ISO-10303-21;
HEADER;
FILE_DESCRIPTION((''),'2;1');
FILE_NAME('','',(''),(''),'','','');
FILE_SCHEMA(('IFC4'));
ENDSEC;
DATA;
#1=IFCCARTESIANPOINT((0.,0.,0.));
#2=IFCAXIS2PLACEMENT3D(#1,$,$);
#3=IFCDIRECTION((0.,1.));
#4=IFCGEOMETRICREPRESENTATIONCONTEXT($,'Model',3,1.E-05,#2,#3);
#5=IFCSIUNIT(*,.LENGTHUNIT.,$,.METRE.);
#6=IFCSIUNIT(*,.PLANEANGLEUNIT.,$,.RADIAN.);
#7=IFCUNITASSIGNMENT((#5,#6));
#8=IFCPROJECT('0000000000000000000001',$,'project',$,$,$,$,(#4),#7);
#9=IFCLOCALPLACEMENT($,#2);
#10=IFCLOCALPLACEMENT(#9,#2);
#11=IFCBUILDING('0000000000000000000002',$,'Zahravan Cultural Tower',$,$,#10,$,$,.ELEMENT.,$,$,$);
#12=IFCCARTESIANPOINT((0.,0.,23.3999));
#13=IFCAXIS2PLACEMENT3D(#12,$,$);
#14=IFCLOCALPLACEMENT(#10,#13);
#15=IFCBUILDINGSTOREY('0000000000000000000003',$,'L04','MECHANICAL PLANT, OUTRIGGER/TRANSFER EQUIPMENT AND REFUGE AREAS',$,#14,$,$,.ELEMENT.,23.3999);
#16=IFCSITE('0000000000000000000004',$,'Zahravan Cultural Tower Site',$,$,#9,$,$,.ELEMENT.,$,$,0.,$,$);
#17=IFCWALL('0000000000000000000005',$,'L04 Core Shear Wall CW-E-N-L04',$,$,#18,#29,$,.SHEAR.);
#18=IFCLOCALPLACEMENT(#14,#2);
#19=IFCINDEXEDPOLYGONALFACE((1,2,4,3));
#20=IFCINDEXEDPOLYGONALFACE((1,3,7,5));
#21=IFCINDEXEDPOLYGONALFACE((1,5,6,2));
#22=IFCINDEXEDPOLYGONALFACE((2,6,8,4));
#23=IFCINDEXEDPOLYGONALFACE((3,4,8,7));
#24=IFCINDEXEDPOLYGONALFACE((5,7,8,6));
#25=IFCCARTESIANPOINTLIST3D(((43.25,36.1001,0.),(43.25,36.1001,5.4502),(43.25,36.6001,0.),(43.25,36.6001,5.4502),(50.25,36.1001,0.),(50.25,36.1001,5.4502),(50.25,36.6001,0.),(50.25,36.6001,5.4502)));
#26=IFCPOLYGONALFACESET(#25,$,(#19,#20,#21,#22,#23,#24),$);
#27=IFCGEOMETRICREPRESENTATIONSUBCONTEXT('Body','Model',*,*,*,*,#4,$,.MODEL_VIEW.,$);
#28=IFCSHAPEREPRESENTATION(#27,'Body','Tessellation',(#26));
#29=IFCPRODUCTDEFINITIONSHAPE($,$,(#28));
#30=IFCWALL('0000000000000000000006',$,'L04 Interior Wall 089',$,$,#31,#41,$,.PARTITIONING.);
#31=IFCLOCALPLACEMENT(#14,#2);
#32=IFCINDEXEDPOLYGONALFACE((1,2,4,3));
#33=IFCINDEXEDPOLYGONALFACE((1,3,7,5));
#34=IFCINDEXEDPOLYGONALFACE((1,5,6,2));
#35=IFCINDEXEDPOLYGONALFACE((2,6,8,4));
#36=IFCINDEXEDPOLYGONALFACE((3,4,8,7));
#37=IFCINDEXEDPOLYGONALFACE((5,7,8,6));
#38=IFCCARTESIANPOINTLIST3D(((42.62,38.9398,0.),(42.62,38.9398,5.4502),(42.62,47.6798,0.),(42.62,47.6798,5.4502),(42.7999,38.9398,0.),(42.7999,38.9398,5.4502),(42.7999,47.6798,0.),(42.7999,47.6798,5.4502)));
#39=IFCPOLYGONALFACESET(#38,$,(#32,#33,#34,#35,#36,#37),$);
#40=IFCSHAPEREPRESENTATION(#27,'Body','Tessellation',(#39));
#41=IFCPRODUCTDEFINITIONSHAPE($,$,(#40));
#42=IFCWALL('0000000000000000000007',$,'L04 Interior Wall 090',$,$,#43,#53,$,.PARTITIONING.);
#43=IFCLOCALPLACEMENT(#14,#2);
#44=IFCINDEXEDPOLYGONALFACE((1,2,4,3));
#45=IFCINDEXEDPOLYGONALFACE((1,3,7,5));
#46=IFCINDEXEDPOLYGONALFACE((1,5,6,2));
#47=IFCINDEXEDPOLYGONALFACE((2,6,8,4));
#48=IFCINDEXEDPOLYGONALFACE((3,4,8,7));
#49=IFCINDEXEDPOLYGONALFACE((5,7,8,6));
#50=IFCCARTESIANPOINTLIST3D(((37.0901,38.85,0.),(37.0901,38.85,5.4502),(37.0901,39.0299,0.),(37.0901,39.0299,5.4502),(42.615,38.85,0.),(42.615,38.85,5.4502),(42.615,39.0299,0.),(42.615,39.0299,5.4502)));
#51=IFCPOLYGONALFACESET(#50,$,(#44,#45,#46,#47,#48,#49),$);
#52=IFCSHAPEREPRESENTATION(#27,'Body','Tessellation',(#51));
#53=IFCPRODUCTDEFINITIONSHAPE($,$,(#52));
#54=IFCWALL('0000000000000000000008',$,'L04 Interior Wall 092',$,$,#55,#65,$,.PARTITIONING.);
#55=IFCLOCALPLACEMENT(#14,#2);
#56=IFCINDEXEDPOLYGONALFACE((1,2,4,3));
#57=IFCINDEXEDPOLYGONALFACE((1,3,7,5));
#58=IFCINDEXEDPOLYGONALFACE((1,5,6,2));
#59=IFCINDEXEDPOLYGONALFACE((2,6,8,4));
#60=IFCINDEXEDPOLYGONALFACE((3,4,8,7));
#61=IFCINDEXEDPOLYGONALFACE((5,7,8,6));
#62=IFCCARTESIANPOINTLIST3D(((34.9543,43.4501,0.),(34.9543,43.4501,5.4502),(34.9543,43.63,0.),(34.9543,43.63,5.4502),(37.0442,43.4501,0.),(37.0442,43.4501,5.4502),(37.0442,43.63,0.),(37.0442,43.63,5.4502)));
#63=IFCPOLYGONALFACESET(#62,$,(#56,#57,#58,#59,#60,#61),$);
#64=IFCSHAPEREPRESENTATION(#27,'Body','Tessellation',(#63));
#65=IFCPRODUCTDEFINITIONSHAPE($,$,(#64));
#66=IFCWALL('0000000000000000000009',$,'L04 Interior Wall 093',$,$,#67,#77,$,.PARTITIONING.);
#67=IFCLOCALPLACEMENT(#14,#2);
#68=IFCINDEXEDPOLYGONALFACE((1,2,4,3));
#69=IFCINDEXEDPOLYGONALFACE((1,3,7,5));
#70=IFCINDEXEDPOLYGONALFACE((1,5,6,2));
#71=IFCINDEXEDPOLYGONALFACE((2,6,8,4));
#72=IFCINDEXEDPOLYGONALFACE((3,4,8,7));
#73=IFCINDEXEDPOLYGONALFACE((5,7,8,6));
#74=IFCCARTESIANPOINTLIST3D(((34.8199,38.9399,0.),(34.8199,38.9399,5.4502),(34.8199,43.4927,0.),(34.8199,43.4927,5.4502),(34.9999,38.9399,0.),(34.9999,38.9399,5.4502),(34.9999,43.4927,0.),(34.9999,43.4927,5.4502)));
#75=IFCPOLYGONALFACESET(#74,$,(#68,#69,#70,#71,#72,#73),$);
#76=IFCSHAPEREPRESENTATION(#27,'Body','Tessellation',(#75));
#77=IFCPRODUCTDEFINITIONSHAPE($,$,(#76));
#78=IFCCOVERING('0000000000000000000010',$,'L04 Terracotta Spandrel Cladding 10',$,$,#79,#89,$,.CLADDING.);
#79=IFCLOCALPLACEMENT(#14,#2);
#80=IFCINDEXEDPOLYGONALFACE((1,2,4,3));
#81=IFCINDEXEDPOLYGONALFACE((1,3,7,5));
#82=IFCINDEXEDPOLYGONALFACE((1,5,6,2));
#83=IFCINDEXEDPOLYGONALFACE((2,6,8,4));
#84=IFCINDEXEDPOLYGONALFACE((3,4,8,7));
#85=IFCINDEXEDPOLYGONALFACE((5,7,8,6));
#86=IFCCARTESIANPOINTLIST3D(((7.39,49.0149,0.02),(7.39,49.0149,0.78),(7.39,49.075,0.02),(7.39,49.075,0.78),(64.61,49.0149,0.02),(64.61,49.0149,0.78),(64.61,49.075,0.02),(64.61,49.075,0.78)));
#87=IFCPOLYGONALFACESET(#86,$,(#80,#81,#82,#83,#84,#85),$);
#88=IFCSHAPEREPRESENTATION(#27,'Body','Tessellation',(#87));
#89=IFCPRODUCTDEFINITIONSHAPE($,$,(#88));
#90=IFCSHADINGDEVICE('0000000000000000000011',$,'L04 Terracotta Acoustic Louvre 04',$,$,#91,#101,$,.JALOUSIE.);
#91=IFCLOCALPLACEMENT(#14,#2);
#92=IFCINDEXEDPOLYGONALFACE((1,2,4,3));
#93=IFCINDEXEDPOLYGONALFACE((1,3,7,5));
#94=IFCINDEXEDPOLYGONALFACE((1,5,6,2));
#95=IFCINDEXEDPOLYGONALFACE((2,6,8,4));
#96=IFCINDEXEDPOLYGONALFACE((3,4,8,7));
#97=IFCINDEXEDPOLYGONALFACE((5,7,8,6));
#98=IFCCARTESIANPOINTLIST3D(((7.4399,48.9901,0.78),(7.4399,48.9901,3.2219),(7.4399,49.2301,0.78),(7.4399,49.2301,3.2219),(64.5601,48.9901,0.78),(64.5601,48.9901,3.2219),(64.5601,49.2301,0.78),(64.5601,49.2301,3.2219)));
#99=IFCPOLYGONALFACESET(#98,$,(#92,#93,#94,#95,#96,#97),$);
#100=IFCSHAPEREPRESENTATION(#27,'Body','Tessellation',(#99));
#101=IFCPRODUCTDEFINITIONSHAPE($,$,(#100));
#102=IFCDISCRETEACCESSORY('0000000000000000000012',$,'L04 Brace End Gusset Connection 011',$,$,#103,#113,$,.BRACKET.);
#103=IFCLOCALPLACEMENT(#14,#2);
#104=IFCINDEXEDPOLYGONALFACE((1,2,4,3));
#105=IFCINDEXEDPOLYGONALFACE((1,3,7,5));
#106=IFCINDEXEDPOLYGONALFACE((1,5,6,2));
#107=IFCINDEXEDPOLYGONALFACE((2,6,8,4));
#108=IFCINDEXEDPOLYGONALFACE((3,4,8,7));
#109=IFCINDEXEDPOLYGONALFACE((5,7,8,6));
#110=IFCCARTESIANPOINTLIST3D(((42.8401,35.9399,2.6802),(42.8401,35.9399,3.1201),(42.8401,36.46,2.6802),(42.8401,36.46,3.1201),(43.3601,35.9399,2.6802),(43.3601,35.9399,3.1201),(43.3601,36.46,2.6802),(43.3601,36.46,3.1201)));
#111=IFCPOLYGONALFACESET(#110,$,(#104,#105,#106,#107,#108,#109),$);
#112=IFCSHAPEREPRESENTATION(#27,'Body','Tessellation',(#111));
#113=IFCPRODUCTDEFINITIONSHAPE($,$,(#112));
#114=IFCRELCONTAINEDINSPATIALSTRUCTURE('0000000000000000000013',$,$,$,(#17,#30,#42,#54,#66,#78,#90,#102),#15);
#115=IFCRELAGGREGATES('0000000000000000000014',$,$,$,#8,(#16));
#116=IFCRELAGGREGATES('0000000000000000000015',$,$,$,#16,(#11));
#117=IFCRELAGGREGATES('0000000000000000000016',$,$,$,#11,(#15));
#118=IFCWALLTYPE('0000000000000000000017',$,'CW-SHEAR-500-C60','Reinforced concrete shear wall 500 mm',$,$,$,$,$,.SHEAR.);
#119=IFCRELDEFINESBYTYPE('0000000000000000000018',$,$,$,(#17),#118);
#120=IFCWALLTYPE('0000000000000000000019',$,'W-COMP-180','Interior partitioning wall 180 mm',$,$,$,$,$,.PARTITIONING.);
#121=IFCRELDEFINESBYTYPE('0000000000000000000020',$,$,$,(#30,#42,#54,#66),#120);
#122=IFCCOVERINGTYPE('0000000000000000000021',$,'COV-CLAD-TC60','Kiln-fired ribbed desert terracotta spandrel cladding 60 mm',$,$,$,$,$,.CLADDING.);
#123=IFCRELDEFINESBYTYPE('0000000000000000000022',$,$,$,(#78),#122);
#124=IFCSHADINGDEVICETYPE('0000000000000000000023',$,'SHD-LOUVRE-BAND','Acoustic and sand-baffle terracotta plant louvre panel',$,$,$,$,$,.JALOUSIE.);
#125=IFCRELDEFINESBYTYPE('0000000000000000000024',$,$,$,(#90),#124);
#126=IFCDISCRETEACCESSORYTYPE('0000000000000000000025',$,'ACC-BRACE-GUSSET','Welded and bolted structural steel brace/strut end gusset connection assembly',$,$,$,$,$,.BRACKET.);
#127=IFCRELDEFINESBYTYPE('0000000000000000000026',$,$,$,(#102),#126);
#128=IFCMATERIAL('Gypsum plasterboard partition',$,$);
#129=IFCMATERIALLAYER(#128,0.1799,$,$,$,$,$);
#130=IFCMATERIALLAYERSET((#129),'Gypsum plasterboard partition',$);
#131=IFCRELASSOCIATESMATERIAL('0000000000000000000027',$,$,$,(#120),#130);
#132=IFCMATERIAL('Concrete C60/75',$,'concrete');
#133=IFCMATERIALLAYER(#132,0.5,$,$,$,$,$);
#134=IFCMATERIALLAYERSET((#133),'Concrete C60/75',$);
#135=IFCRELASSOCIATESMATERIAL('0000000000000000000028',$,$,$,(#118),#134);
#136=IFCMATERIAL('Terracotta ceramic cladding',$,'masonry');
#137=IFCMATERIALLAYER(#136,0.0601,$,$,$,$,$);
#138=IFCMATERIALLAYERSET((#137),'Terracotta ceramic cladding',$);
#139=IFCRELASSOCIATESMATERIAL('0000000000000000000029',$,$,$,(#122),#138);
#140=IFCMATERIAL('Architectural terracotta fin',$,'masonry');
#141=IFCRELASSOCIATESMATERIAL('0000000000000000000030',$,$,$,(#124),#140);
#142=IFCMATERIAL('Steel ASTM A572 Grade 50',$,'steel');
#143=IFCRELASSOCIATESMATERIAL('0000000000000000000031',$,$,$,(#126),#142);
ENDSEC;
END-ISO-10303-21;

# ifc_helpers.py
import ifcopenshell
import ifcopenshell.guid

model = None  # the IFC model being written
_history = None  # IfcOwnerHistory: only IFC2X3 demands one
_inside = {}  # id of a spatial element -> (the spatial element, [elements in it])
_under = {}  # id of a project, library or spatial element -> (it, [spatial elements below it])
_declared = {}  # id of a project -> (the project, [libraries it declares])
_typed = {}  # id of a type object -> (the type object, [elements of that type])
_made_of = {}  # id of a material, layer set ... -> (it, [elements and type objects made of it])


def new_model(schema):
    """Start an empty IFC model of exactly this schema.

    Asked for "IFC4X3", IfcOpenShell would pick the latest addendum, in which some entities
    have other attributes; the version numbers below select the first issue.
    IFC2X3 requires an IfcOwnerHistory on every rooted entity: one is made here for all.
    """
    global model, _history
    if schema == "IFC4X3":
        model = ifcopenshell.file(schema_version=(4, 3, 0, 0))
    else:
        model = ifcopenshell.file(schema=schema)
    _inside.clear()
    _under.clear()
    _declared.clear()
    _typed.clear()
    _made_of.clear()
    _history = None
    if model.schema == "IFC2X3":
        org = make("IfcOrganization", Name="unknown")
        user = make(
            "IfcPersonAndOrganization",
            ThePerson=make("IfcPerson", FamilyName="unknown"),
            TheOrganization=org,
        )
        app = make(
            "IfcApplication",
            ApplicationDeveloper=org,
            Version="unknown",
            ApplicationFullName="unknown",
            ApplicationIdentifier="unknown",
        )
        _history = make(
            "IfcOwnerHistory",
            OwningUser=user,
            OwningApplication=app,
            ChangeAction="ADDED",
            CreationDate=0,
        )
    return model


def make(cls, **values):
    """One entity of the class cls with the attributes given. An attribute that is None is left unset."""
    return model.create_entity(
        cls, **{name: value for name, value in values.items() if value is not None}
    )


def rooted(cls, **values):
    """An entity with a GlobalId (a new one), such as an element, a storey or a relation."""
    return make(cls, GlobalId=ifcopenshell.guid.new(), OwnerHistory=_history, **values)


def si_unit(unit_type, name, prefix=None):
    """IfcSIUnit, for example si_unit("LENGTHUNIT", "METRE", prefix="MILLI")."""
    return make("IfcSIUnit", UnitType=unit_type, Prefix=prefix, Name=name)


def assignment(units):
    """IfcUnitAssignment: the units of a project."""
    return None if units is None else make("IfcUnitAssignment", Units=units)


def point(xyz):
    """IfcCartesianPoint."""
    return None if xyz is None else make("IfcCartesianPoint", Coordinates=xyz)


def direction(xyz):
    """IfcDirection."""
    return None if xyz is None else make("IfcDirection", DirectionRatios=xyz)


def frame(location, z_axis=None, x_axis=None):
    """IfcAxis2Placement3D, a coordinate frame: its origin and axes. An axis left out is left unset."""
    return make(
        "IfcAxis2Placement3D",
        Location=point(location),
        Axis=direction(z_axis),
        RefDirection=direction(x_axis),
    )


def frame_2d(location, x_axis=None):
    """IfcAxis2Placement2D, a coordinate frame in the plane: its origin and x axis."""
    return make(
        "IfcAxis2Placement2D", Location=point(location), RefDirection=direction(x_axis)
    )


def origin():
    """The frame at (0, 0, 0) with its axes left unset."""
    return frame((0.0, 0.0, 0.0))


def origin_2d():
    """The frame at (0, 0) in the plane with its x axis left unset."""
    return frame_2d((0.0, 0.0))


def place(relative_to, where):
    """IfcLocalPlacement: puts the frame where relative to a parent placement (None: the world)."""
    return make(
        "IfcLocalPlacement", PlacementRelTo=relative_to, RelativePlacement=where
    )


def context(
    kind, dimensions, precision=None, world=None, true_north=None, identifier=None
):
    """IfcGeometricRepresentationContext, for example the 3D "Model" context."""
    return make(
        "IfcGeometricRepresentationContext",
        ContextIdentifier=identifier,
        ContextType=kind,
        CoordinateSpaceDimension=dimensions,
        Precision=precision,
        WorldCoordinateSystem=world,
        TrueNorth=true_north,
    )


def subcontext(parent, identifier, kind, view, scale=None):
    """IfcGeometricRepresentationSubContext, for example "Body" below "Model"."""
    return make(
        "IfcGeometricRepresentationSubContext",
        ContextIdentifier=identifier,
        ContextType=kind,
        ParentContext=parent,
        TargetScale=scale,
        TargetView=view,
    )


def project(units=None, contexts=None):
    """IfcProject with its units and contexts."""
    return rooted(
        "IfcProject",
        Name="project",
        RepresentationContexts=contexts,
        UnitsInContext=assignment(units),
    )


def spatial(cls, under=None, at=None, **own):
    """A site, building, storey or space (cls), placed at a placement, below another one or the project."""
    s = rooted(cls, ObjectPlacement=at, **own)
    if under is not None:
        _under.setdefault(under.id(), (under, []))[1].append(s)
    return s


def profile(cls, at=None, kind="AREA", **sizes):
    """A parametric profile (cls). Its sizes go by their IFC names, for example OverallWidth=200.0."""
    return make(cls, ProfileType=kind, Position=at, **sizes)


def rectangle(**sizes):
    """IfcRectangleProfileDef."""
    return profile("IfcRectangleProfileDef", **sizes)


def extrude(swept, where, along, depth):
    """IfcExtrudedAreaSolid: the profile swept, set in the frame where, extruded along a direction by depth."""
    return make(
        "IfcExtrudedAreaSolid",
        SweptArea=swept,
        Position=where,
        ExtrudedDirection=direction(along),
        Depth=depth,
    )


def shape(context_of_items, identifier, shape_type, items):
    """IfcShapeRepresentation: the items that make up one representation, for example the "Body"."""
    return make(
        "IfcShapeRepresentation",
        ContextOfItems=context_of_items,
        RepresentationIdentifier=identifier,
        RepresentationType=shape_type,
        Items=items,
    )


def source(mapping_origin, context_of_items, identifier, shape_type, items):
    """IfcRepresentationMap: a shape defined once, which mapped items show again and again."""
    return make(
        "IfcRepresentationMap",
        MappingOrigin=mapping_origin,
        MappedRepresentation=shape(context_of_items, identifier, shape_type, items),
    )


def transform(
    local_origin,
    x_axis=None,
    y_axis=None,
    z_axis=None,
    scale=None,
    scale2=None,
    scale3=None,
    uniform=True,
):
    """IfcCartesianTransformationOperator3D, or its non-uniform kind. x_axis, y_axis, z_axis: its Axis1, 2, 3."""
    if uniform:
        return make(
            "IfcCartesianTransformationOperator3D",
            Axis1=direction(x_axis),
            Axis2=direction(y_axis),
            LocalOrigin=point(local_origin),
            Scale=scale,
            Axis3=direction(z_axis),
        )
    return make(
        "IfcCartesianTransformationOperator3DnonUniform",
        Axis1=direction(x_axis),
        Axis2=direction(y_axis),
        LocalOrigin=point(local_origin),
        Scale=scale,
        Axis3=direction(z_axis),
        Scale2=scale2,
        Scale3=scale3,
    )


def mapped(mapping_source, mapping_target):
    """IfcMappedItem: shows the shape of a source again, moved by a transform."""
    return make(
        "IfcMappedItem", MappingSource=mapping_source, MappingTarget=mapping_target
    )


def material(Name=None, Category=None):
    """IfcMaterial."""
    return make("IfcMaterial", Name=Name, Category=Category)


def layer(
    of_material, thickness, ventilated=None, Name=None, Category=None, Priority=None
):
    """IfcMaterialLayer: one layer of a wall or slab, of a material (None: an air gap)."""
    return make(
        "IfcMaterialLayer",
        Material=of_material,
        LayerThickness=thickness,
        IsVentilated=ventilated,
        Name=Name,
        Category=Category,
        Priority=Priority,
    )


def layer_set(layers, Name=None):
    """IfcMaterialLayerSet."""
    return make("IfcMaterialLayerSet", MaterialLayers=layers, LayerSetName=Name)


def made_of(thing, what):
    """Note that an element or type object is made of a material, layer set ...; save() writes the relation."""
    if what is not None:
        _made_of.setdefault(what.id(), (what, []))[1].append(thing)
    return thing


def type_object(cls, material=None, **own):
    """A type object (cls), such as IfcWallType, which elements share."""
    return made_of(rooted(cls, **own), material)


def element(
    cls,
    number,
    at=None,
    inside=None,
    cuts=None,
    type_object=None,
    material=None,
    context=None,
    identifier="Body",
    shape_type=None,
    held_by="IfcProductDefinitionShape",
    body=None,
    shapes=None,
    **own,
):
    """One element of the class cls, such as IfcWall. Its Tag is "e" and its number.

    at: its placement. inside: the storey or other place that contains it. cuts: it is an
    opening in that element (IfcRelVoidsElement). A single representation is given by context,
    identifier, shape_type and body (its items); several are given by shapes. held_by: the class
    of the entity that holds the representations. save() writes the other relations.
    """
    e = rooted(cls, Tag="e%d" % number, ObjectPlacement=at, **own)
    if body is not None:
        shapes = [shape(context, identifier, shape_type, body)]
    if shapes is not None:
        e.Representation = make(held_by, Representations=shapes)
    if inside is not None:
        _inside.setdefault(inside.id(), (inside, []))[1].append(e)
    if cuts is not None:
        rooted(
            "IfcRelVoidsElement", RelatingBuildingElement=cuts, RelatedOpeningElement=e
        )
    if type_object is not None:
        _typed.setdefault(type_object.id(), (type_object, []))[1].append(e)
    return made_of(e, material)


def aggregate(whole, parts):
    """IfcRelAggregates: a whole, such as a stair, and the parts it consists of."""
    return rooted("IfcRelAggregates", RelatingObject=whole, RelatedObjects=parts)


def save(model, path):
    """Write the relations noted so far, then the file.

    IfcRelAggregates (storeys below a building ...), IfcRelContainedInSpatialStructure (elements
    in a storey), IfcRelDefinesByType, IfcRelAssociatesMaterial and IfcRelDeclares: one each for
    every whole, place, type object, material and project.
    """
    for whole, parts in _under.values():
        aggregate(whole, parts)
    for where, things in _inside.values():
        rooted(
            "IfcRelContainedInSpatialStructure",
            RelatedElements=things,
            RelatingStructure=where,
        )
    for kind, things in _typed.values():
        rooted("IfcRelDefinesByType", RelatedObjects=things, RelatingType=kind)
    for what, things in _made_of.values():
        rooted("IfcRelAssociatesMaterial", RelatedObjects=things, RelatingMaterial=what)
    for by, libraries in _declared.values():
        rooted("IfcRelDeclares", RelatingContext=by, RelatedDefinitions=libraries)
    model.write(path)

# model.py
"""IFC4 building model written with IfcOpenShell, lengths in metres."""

from ifc_helpers import new_model, si_unit, direction, frame, frame_2d, origin, origin_2d, place, context, subcontext, project, spatial, rectangle, extrude, source, transform, mapped, material, layer, layer_set, type_object, element, save


model = new_model("IFC4")

# Units and contexts
model_context = context("Model", 3, precision=1e-05, world=origin(), true_north=direction((0.0, 1.0)))
body_context = subcontext(model_context, "Body", "Model", "MODEL_VIEW")
ifc_project = project(units=[si_unit("LENGTHUNIT", "METRE"), si_unit("PLANEANGLEUNIT", "RADIAN")], contexts=[model_context])

# Site, building, storey
site_placement = place(None, origin())
site = spatial("IfcSite", under=ifc_project, at=site_placement, Name="Zahravan Cultural Tower Site", CompositionType="ELEMENT", RefElevation=0.0)
building_placement = place(site_placement, origin())
building = spatial("IfcBuilding", under=site, at=building_placement, Name="Zahravan Cultural Tower", CompositionType="ELEMENT")
storey_placement = place(building_placement, frame((0.0, 0.0, 23.3999)))
storey = spatial("IfcBuildingStorey", under=building, at=storey_placement, Name="L04", Description="MECHANICAL PLANT, OUTRIGGER/TRANSFER EQUIPMENT AND REFUGE AREAS", CompositionType="ELEMENT", Elevation=23.3999)

# Shared definitions
ifc_material_1 = material(Name="Concrete C60/75", Category="concrete")
ifc_material_2 = material(Name="Steel ASTM A572 Grade 50", Category="steel")

# Shared definitions
ifc_material_3 = material(Name="Gypsum plasterboard partition")
ifc_layer_1 = layer(ifc_material_3, 0.1799)
ifc_layer_set_1 = layer_set([ifc_layer_1], Name="Gypsum plasterboard partition")
wall_type_1 = type_object("IfcWallType", Name="W-COMP-180", Description="Interior partitioning wall 180 mm", PredefinedType="PARTITIONING", material=ifc_layer_set_1)

# Walls
ifc_layer_2 = layer(ifc_material_1, 0.5)
ifc_layer_set_2 = layer_set([ifc_layer_2], Name="Concrete C60/75")
wall_type_2 = type_object("IfcWallType", Name="CW-SHEAR-500-C60", Description="Reinforced concrete shear wall 500 mm", PredefinedType="SHEAR", material=ifc_layer_set_2)
shared_shape_1 = source(origin(), body_context, "Body", "SweptSolid", [
    extrude(rectangle(XDim=7.0, YDim=0.5, at=frame_2d((3.5, 0.0))), origin(), (0.0, 0.0, 1.0), 5.4502),
])
wall_1_placement = place(storey_placement, frame((43.25, 36.3501, 0.0), z_axis=(0.0, 0.0, 1.0), x_axis=(1.0, 0.0, 0.0)))
element("IfcWall", 1, at=wall_1_placement, inside=storey, type_object=wall_type_2, Name="L04 Core Shear Wall CW-E-N-L04", PredefinedType="SHEAR", context=body_context, shape_type="MappedRepresentation", body=[
    mapped(shared_shape_1, transform((0.0, 0.0, 0.0), x_axis=(1.0, 0.0, 0.0), y_axis=(0.0, 1.0, 0.0), z_axis=(0.0, 0.0, 1.0), scale=1.0)),
])
shared_shape_2 = source(origin(), body_context, "Body", "SweptSolid", [
    extrude(rectangle(XDim=8.74, YDim=0.1799, at=frame_2d((4.3701, 0.0))), origin(), (0.0, 0.0, 1.0), 5.4502),
])
wall_2_placement = place(storey_placement, frame((42.71, 47.6799, 0.0), z_axis=(0.0, 0.0, 1.0), x_axis=(0.0, -1.0, 0.0)))
element("IfcWall", 2, at=wall_2_placement, inside=storey, type_object=wall_type_1, Name="L04 Interior Wall 089", PredefinedType="PARTITIONING", context=body_context, shape_type="MappedRepresentation", body=[
    mapped(shared_shape_2, transform((0.0, 0.0, 0.0), x_axis=(1.0, 0.0, 0.0), y_axis=(0.0, 1.0, 0.0), z_axis=(0.0, 0.0, 1.0), scale=1.0)),
])
shared_shape_3 = source(origin(), body_context, "Body", "SweptSolid", [
    extrude(rectangle(XDim=5.5249, YDim=0.1799, at=frame_2d((2.7625, 0.0))), origin(), (0.0, 0.0, 1.0), 5.4502),
])
wall_3_placement = place(storey_placement, frame((42.615, 38.9399, 0.0), z_axis=(0.0, 0.0, 1.0), x_axis=(-1.0, 0.0, 0.0)))
element("IfcWall", 3, at=wall_3_placement, inside=storey, type_object=wall_type_1, Name="L04 Interior Wall 090", PredefinedType="PARTITIONING", context=body_context, shape_type="MappedRepresentation", body=[
    mapped(shared_shape_3, transform((0.0, 0.0, 0.0), x_axis=(1.0, 0.0, 0.0), y_axis=(0.0, 1.0, 0.0), z_axis=(0.0, 0.0, 1.0), scale=1.0)),
])
shared_shape_4 = source(origin(), body_context, "Body", "SweptSolid", [
    extrude(rectangle(XDim=2.0898, YDim=0.1799, at=frame_2d((1.0449, 0.0))), origin(), (0.0, 0.0, 1.0), 5.4502),
])
wall_4_placement = place(storey_placement, frame((37.0442, 43.54, 0.0), z_axis=(0.0, 0.0, 1.0), x_axis=(-1.0, 0.0, 0.0)))
element("IfcWall", 4, at=wall_4_placement, inside=storey, type_object=wall_type_1, Name="L04 Interior Wall 092", PredefinedType="PARTITIONING", context=body_context, shape_type="MappedRepresentation", body=[
    mapped(shared_shape_4, transform((0.0, 0.0, 0.0), x_axis=(1.0, 0.0, 0.0), y_axis=(0.0, 1.0, 0.0), z_axis=(0.0, 0.0, 1.0), scale=1.0)),
])
shared_shape_5 = source(origin(), body_context, "Body", "SweptSolid", [
    extrude(rectangle(XDim=4.5527, YDim=0.1799, at=frame_2d((2.2764, 0.0))), origin(), (0.0, 0.0, 1.0), 5.4502),
])
wall_5_placement = place(storey_placement, frame((34.9099, 43.4927, 0.0), z_axis=(0.0, 0.0, 1.0), x_axis=(0.0, -1.0, 0.0)))
element("IfcWall", 5, at=wall_5_placement, inside=storey, type_object=wall_type_1, Name="L04 Interior Wall 093", PredefinedType="PARTITIONING", context=body_context, shape_type="MappedRepresentation", body=[
    mapped(shared_shape_5, transform((0.0, 0.0, 0.0), x_axis=(1.0, 0.0, 0.0), y_axis=(0.0, 1.0, 0.0), z_axis=(0.0, 0.0, 1.0), scale=1.0)),
])

# Covering
ifc_material_4 = material(Name="Terracotta ceramic cladding", Category="masonry")
ifc_layer_3 = layer(ifc_material_4, 0.0601)
ifc_layer_set_3 = layer_set([ifc_layer_3], Name="Terracotta ceramic cladding")
covering_type = type_object("IfcCoveringType", Name="COV-CLAD-TC60", Description="Kiln-fired ribbed desert terracotta spandrel cladding 60 mm", PredefinedType="CLADDING", material=ifc_layer_set_3)
shared_shape_6 = source(origin(), body_context, "Body", "SweptSolid", [
    extrude(rectangle(XDim=57.22, YDim=0.0601, at=origin_2d()), origin(), (0.0, 0.0, 1.0), 0.76),
])
covering_placement = place(storey_placement, frame((36.0, 49.0449, 0.02), z_axis=(0.0, 0.0, 1.0), x_axis=(1.0, 0.0, 0.0)))
element("IfcCovering", 6, at=covering_placement, inside=storey, type_object=covering_type, Name="L04 Terracotta Spandrel Cladding 10", PredefinedType="CLADDING", context=body_context, shape_type="MappedRepresentation", body=[
    mapped(shared_shape_6, transform((0.0, 0.0, 0.0), x_axis=(1.0, 0.0, 0.0), y_axis=(0.0, 1.0, 0.0), z_axis=(0.0, 0.0, 1.0), scale=1.0)),
])

# Shading device
ifc_material_5 = material(Name="Architectural terracotta fin", Category="masonry")
shading_device_type = type_object("IfcShadingDeviceType", Name="SHD-LOUVRE-BAND", Description="Acoustic and sand-baffle terracotta plant louvre panel", PredefinedType="JALOUSIE", material=ifc_material_5)
shared_shape_7 = source(origin(), body_context, "Body", "SweptSolid", [
    extrude(rectangle(XDim=57.1201, YDim=0.24, at=origin_2d()), origin(), (0.0, 0.0, 1.0), 2.4419),
])
shading_device_placement = place(storey_placement, frame((36.0, 49.1101, 0.78), z_axis=(0.0, 0.0, 1.0), x_axis=(1.0, 0.0, 0.0)))
element("IfcShadingDevice", 7, at=shading_device_placement, inside=storey, type_object=shading_device_type, Name="L04 Terracotta Acoustic Louvre 04", PredefinedType="JALOUSIE", context=body_context, shape_type="MappedRepresentation", body=[
    mapped(shared_shape_7, transform((0.0, 0.0, 0.0), x_axis=(1.0, 0.0, 0.0), y_axis=(0.0, 1.0, 0.0), z_axis=(0.0, 0.0, 1.0), scale=1.0)),
])

# Discrete accessory
discrete_accessory_type = type_object("IfcDiscreteAccessoryType", Name="ACC-BRACE-GUSSET", Description="Welded and bolted structural steel brace/strut end gusset connection assembly", PredefinedType="BRACKET", material=ifc_material_2)
shared_shape_8 = source(origin(), body_context, "Body", "SweptSolid", [
    extrude(rectangle(XDim=0.52, YDim=0.52, at=origin_2d()), origin(), (0.0, 0.0, 1.0), 0.4399),
])
discrete_accessory_placement = place(storey_placement, frame((43.1001, 36.2, 2.6802), z_axis=(0.0, 0.0, 1.0), x_axis=(1.0, 0.0, 0.0)))
element("IfcDiscreteAccessory", 8, at=discrete_accessory_placement, inside=storey, type_object=discrete_accessory_type, Name="L04 Brace End Gusset Connection 011", PredefinedType="BRACKET", context=body_context, shape_type="MappedRepresentation", body=[
    mapped(shared_shape_8, transform((0.0, 0.0, 0.0), x_axis=(1.0, 0.0, 0.0), y_axis=(0.0, 1.0, 0.0), z_axis=(0.0, 0.0, 1.0), scale=1.0)),
])

save(model, "model.ifc")
